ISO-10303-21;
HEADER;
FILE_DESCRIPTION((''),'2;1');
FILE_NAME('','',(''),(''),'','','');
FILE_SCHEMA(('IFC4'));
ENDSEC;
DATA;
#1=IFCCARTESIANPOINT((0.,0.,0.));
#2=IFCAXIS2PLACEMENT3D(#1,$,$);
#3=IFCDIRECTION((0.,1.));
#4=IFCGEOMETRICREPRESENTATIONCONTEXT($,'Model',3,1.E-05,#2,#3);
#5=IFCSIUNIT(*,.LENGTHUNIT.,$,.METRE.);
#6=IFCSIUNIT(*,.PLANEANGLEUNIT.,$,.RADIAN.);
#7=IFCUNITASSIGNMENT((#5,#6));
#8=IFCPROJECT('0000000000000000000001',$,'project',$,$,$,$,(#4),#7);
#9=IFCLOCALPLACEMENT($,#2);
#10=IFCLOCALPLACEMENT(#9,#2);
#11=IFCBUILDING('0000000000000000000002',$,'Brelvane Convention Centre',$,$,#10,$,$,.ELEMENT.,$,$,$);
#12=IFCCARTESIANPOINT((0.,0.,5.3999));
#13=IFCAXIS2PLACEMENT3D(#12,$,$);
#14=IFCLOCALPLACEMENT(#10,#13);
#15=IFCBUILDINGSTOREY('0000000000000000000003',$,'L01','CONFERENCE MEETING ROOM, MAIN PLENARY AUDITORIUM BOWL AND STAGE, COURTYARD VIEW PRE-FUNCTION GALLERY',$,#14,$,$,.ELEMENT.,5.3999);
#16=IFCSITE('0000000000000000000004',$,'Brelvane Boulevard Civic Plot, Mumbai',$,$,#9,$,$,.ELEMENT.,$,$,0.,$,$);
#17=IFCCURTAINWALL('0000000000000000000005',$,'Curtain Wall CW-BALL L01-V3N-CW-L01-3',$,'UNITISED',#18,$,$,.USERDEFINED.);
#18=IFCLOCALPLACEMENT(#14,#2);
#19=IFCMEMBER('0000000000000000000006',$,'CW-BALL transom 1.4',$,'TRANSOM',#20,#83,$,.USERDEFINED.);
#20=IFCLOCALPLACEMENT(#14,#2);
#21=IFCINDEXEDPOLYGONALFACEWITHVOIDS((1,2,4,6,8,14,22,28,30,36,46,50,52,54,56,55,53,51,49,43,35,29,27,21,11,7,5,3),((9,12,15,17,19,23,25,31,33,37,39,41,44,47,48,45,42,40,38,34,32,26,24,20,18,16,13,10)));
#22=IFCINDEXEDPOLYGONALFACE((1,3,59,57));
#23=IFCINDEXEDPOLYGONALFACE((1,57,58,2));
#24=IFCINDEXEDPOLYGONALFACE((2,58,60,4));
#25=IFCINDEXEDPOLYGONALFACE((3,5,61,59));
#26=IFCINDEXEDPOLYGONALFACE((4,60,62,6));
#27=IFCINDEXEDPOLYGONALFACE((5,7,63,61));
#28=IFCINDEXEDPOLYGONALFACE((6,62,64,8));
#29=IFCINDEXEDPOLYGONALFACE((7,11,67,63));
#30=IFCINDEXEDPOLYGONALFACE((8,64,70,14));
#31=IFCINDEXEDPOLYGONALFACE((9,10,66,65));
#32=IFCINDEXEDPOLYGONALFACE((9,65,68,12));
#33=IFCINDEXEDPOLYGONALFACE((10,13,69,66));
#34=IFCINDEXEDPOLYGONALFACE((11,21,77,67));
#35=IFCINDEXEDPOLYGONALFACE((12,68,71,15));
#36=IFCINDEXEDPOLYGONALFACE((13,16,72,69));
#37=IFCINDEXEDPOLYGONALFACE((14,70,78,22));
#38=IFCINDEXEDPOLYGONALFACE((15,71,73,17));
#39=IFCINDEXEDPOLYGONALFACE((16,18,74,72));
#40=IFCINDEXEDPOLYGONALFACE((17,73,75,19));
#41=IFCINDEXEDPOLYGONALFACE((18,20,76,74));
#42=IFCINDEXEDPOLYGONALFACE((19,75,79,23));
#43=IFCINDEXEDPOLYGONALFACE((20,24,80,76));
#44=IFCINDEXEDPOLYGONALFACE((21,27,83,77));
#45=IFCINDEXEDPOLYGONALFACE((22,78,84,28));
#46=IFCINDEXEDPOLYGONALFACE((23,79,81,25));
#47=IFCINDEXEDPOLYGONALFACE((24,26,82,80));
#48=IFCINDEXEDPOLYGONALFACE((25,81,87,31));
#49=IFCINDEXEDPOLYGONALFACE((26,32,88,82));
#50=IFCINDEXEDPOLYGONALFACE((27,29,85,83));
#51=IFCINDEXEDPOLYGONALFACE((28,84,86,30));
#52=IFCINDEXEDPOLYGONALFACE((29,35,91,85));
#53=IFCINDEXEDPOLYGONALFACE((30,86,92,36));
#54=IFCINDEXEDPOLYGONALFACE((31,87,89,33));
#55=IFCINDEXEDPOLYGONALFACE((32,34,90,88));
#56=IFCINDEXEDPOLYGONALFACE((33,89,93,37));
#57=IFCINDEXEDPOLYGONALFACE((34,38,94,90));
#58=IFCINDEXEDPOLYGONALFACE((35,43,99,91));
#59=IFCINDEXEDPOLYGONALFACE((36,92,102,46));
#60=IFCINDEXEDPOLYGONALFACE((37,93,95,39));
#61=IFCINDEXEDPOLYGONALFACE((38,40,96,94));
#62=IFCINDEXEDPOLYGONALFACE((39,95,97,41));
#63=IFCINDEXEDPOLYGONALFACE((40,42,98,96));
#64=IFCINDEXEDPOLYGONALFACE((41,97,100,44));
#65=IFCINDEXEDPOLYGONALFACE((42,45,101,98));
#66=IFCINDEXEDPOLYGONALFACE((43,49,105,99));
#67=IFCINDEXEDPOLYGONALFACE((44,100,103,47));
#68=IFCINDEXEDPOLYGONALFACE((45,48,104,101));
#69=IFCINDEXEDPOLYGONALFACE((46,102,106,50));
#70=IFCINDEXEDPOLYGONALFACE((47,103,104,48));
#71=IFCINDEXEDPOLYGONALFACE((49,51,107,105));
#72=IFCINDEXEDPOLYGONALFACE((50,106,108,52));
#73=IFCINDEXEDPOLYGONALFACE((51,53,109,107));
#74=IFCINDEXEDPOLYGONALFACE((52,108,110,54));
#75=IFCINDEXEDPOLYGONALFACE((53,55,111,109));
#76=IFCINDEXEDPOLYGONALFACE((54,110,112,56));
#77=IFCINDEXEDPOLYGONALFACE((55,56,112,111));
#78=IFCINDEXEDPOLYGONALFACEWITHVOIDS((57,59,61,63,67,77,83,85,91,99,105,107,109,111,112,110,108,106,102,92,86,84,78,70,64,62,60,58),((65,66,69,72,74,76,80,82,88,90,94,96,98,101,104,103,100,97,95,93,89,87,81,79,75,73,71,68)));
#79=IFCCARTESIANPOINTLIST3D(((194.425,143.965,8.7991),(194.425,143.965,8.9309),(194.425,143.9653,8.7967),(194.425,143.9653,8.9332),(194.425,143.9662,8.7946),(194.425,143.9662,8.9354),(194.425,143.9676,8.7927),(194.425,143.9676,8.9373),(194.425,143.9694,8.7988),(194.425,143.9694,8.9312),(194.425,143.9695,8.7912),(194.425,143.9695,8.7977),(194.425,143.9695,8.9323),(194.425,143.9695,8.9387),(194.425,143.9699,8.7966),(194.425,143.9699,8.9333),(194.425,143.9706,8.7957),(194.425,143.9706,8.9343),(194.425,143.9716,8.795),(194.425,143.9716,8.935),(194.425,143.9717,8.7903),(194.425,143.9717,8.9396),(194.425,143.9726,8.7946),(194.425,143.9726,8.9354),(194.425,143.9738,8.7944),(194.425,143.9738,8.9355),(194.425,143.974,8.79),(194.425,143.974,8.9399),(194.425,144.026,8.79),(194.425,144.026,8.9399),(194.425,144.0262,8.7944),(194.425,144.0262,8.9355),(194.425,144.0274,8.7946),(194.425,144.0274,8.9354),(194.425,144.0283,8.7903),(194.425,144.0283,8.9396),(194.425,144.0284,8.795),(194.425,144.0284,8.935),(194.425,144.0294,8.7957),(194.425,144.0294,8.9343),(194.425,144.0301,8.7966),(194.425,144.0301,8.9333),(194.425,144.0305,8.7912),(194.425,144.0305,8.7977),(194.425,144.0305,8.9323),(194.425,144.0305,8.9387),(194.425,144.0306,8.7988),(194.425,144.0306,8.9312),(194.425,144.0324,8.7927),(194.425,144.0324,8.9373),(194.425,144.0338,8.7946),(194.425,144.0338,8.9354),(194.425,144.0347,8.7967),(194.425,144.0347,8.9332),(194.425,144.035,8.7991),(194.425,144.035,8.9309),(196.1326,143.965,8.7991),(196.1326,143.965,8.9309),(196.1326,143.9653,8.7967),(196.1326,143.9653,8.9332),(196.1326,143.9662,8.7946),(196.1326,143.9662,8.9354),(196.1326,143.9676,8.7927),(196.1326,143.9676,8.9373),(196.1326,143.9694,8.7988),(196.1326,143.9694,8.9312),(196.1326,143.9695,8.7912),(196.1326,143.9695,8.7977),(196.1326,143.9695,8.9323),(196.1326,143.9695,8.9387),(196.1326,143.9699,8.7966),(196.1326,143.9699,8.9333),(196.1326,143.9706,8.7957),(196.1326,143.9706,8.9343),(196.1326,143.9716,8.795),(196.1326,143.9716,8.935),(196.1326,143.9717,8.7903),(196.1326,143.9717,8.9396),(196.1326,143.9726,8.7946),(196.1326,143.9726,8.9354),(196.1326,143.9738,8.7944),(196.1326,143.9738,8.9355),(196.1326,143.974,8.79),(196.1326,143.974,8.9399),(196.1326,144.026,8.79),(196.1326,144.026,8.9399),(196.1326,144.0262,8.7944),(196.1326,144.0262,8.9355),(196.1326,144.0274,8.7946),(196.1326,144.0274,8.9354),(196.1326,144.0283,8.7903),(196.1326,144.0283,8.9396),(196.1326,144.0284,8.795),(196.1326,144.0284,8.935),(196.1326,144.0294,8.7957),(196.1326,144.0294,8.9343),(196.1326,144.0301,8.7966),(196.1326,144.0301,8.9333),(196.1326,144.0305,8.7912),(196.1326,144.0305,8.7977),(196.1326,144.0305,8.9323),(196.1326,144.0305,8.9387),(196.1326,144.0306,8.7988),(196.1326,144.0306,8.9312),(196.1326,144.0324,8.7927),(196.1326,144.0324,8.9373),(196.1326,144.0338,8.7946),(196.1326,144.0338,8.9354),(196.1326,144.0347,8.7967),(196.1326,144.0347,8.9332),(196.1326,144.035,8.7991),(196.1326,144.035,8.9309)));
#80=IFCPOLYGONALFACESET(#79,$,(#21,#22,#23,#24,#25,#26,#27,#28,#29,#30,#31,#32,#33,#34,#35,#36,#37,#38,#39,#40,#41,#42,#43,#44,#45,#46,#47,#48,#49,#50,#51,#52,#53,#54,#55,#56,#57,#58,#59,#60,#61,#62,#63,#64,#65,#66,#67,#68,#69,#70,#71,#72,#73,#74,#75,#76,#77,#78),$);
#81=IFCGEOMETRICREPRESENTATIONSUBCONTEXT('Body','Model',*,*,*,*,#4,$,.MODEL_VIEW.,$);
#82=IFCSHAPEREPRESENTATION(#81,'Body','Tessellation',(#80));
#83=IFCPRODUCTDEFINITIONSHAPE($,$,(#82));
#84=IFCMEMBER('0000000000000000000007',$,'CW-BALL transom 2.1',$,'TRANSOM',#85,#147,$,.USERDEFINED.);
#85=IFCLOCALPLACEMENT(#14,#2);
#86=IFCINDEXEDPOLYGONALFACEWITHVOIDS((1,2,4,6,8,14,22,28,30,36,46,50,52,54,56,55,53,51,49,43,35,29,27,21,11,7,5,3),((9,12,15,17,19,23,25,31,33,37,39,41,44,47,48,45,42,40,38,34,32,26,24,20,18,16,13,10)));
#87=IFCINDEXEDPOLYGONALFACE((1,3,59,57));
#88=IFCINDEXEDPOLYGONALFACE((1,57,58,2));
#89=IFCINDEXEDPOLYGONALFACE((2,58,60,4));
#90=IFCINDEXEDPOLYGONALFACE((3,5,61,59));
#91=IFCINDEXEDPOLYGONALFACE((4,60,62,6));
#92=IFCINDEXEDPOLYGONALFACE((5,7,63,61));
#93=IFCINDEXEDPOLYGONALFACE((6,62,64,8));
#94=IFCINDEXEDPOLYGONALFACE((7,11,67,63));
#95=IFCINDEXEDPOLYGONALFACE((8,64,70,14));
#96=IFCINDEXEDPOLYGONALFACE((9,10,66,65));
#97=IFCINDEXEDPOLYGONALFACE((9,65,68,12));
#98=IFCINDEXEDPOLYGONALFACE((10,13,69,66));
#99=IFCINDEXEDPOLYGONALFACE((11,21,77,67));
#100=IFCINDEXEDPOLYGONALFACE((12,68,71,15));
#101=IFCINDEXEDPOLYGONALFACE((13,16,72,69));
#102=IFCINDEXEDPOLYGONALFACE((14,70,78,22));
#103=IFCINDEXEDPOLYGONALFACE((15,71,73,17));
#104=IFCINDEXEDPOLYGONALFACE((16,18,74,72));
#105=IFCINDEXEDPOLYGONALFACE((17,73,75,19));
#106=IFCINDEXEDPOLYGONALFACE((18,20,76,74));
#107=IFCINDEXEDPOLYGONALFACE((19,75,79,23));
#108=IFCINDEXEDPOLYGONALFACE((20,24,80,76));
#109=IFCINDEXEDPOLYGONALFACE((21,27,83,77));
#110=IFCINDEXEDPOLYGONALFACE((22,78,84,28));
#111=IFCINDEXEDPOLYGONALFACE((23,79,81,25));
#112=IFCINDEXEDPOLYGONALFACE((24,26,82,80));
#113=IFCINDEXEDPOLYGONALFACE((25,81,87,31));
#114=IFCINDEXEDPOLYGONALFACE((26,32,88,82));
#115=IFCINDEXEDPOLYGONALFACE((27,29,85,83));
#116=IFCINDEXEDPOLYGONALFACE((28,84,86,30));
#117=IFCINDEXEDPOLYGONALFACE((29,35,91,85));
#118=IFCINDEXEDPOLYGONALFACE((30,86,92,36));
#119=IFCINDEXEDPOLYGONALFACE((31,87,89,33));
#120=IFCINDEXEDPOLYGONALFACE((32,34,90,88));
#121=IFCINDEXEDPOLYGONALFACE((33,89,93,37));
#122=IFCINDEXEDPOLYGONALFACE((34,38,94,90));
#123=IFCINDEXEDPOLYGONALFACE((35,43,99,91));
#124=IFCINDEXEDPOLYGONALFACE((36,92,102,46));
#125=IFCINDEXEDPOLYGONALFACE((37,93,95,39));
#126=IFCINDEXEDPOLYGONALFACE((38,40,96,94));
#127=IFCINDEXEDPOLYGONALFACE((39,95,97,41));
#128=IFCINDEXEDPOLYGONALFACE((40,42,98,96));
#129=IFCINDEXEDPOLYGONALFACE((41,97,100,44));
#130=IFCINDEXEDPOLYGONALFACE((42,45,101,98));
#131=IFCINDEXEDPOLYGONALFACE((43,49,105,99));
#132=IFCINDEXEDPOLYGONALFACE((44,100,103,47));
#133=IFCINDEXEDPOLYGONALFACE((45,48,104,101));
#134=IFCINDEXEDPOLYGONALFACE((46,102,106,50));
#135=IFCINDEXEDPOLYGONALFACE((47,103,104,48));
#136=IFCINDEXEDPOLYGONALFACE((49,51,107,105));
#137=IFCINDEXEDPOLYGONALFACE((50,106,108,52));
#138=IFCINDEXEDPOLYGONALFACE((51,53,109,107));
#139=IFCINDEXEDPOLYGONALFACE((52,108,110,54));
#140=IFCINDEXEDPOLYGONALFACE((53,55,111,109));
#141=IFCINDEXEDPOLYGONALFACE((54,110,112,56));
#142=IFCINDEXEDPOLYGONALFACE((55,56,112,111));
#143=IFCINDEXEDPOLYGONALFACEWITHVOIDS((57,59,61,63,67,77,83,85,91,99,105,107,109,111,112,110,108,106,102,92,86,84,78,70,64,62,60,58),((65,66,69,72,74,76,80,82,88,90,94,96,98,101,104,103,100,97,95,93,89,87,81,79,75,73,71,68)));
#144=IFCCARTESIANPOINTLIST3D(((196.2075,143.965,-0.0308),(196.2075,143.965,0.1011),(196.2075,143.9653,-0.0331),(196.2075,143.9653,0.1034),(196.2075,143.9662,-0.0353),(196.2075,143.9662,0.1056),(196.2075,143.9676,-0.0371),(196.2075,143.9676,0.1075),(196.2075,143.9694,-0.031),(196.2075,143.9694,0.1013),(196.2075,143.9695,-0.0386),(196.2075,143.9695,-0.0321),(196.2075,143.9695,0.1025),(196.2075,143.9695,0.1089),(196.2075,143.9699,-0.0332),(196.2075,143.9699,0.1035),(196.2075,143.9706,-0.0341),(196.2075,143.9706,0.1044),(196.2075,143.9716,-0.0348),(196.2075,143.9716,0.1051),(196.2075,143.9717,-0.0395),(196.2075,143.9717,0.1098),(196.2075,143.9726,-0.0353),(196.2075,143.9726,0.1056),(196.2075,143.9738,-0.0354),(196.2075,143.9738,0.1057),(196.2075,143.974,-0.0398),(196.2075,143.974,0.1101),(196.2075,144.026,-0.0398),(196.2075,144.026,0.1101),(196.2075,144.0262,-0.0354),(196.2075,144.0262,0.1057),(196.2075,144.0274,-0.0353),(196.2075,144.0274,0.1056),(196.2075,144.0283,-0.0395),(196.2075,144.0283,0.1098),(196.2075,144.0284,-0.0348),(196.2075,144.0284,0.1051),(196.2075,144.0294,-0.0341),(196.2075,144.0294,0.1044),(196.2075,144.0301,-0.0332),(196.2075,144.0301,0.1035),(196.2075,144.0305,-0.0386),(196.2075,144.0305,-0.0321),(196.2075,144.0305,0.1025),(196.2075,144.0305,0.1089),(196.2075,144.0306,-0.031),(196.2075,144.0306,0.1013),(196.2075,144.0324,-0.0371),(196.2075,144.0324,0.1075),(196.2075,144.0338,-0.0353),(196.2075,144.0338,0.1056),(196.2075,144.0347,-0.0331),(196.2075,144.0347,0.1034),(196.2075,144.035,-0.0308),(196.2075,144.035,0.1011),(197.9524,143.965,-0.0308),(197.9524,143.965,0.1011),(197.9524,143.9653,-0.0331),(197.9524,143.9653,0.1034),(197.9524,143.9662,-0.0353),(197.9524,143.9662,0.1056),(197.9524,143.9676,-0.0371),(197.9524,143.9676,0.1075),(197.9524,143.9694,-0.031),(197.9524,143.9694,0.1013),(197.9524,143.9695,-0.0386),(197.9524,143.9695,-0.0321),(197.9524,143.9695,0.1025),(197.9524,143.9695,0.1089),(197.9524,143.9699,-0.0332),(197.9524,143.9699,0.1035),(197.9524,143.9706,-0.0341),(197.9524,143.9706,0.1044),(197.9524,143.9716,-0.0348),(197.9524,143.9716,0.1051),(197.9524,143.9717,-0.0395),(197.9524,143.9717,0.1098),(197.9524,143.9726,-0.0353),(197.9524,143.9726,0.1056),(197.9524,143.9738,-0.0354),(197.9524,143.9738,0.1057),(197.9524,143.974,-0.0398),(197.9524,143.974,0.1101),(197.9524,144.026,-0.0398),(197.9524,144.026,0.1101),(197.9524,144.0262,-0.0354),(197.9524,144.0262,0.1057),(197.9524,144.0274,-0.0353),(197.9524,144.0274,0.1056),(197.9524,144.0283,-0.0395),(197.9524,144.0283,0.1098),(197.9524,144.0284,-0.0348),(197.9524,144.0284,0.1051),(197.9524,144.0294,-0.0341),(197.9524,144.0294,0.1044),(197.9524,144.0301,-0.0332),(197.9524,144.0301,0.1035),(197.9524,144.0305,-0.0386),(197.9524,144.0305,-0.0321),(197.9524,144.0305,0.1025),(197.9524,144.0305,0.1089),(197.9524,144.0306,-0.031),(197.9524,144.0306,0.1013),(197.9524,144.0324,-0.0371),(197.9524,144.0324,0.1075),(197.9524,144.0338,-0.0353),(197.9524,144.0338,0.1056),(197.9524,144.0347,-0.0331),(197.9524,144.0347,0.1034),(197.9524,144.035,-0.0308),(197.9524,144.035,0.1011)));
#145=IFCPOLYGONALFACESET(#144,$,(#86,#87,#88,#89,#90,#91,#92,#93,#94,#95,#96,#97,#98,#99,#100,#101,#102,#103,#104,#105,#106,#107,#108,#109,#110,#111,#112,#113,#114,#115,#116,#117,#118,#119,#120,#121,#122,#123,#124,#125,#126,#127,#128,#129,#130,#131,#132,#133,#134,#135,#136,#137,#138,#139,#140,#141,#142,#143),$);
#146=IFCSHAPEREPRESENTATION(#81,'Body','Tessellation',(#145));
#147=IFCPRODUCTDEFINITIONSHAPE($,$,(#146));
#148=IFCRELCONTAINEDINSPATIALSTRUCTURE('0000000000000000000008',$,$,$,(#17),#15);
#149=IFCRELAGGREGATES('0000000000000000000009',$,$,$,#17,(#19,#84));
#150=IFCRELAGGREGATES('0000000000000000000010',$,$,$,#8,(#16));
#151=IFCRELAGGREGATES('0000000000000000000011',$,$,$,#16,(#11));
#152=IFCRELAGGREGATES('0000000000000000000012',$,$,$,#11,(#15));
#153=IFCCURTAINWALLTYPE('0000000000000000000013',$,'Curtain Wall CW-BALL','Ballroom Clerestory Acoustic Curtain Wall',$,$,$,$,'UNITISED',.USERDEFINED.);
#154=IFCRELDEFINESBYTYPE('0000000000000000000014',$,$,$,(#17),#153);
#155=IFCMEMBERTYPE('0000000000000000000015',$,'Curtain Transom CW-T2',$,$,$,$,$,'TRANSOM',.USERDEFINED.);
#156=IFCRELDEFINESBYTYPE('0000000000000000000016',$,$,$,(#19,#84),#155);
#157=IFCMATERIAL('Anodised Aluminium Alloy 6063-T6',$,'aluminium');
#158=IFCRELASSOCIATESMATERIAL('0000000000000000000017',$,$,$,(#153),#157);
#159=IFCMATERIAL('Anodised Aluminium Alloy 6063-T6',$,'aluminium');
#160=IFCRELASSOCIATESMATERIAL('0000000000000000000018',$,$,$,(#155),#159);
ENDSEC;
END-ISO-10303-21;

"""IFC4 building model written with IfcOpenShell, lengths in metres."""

from ifc_helpers import new_model, si_unit, direction, frame, origin, origin_2d, place, context, subcontext, project, spatial, hollow_rectangle, extrude, material, material_profile, profile_set, type_object, element, aggregate, save


model = new_model("IFC4")

# Units and contexts
model_context = context("Model", 3, precision=1e-05, world=origin(), true_north=direction((0.0, 1.0)))
body_context = subcontext(model_context, "Body", "Model", "MODEL_VIEW")
ifc_project = project(units=[si_unit("LENGTHUNIT", "METRE"), si_unit("PLANEANGLEUNIT", "RADIAN")], contexts=[model_context])

# Site, building, storey
site_placement = place(None, origin())
site = spatial("IfcSite", under=ifc_project, at=site_placement, Name="Brelvane Boulevard Civic Plot, Mumbai", CompositionType="ELEMENT", RefElevation=0.0)
building_placement = place(site_placement, origin())
building = spatial("IfcBuilding", under=site, at=building_placement, Name="Brelvane Convention Centre", CompositionType="ELEMENT")
storey_placement = place(building_placement, frame((0.0, 0.0, 5.3999)))
storey = spatial("IfcBuildingStorey", under=building, at=storey_placement, Name="L01", Description="CONFERENCE MEETING ROOM, MAIN PLENARY AUDITORIUM BOWL AND STAGE, COURTYARD VIEW PRE-FUNCTION GALLERY", CompositionType="ELEMENT", Elevation=5.3999)

# Shared definitions
ifc_material_1 = material(Name="Anodised Aluminium Alloy 6063-T6", Category="aluminium")
curtain_wall_type = type_object("IfcCurtainWallType", Name="Curtain Wall CW-BALL", Description="Ballroom Clerestory Acoustic Curtain Wall", ElementType="UNITISED", PredefinedType="USERDEFINED", material=ifc_material_1)

# Curtain wall, members
curtain_wall_1_placement = place(storey_placement, origin())
curtain_wall_1 = element("IfcCurtainWall", 1, at=curtain_wall_1_placement, inside=storey, type_object=curtain_wall_type, Name="Curtain Wall CW-BALL L01-V3N-CW-L01-3", ObjectType="UNITISED", PredefinedType="USERDEFINED")
ifc_material_2 = material(Name="Anodised Aluminium Alloy 6063-T6", Category="aluminium")
ifc_material_profile_1 = material_profile(ifc_material_2, hollow_rectangle(XDim=0.0701, YDim=0.1499, WallThickness=0.0044, InnerFilletRadius=0.0044, OuterFilletRadius=0.009, at=origin_2d()), Name="ALU-T 150x70x4.5")
ifc_profile_set_1 = profile_set([ifc_material_profile_1], Name="Anodised Aluminium Alloy 6063-T6")
member_type_1 = type_object("IfcMemberType", Name="Curtain Transom CW-T2", ElementType="TRANSOM", PredefinedType="USERDEFINED", material=ifc_profile_set_1)
member_1_placement = place(storey_placement, frame((194.425, 144.0, 8.865), z_axis=(1.0, 0.0, 0.0), x_axis=(0.0, 1.0, 0.0)))
member_1 = element("IfcMember", 2, at=member_1_placement, type_object=member_type_1, Name="CW-BALL transom 1.4", ObjectType="TRANSOM", PredefinedType="USERDEFINED", context=body_context, shape_type="SweptSolid", body=[
    extrude(hollow_rectangle(XDim=0.0701, YDim=0.1499, WallThickness=0.0044, InnerFilletRadius=0.0044, OuterFilletRadius=0.009, at=origin_2d()), origin(), (0.0, 0.0, 1.0), 1.7075),
])
member_2_placement = place(storey_placement, frame((196.2075, 144.0, 0.0352), z_axis=(1.0, 0.0, 0.0), x_axis=(0.0, 1.0, 0.0)))
member_2 = element("IfcMember", 3, at=member_2_placement, type_object=member_type_1, Name="CW-BALL transom 2.1", ObjectType="TRANSOM", PredefinedType="USERDEFINED", context=body_context, shape_type="SweptSolid", body=[
    extrude(hollow_rectangle(XDim=0.0701, YDim=0.1499, WallThickness=0.0044, InnerFilletRadius=0.0044, OuterFilletRadius=0.009, at=origin_2d()), origin(), (0.0, 0.0, 1.0), 1.7449),
])
aggregate(curtain_wall_1, [member_1, member_2])

save(model, "model.ifc")
